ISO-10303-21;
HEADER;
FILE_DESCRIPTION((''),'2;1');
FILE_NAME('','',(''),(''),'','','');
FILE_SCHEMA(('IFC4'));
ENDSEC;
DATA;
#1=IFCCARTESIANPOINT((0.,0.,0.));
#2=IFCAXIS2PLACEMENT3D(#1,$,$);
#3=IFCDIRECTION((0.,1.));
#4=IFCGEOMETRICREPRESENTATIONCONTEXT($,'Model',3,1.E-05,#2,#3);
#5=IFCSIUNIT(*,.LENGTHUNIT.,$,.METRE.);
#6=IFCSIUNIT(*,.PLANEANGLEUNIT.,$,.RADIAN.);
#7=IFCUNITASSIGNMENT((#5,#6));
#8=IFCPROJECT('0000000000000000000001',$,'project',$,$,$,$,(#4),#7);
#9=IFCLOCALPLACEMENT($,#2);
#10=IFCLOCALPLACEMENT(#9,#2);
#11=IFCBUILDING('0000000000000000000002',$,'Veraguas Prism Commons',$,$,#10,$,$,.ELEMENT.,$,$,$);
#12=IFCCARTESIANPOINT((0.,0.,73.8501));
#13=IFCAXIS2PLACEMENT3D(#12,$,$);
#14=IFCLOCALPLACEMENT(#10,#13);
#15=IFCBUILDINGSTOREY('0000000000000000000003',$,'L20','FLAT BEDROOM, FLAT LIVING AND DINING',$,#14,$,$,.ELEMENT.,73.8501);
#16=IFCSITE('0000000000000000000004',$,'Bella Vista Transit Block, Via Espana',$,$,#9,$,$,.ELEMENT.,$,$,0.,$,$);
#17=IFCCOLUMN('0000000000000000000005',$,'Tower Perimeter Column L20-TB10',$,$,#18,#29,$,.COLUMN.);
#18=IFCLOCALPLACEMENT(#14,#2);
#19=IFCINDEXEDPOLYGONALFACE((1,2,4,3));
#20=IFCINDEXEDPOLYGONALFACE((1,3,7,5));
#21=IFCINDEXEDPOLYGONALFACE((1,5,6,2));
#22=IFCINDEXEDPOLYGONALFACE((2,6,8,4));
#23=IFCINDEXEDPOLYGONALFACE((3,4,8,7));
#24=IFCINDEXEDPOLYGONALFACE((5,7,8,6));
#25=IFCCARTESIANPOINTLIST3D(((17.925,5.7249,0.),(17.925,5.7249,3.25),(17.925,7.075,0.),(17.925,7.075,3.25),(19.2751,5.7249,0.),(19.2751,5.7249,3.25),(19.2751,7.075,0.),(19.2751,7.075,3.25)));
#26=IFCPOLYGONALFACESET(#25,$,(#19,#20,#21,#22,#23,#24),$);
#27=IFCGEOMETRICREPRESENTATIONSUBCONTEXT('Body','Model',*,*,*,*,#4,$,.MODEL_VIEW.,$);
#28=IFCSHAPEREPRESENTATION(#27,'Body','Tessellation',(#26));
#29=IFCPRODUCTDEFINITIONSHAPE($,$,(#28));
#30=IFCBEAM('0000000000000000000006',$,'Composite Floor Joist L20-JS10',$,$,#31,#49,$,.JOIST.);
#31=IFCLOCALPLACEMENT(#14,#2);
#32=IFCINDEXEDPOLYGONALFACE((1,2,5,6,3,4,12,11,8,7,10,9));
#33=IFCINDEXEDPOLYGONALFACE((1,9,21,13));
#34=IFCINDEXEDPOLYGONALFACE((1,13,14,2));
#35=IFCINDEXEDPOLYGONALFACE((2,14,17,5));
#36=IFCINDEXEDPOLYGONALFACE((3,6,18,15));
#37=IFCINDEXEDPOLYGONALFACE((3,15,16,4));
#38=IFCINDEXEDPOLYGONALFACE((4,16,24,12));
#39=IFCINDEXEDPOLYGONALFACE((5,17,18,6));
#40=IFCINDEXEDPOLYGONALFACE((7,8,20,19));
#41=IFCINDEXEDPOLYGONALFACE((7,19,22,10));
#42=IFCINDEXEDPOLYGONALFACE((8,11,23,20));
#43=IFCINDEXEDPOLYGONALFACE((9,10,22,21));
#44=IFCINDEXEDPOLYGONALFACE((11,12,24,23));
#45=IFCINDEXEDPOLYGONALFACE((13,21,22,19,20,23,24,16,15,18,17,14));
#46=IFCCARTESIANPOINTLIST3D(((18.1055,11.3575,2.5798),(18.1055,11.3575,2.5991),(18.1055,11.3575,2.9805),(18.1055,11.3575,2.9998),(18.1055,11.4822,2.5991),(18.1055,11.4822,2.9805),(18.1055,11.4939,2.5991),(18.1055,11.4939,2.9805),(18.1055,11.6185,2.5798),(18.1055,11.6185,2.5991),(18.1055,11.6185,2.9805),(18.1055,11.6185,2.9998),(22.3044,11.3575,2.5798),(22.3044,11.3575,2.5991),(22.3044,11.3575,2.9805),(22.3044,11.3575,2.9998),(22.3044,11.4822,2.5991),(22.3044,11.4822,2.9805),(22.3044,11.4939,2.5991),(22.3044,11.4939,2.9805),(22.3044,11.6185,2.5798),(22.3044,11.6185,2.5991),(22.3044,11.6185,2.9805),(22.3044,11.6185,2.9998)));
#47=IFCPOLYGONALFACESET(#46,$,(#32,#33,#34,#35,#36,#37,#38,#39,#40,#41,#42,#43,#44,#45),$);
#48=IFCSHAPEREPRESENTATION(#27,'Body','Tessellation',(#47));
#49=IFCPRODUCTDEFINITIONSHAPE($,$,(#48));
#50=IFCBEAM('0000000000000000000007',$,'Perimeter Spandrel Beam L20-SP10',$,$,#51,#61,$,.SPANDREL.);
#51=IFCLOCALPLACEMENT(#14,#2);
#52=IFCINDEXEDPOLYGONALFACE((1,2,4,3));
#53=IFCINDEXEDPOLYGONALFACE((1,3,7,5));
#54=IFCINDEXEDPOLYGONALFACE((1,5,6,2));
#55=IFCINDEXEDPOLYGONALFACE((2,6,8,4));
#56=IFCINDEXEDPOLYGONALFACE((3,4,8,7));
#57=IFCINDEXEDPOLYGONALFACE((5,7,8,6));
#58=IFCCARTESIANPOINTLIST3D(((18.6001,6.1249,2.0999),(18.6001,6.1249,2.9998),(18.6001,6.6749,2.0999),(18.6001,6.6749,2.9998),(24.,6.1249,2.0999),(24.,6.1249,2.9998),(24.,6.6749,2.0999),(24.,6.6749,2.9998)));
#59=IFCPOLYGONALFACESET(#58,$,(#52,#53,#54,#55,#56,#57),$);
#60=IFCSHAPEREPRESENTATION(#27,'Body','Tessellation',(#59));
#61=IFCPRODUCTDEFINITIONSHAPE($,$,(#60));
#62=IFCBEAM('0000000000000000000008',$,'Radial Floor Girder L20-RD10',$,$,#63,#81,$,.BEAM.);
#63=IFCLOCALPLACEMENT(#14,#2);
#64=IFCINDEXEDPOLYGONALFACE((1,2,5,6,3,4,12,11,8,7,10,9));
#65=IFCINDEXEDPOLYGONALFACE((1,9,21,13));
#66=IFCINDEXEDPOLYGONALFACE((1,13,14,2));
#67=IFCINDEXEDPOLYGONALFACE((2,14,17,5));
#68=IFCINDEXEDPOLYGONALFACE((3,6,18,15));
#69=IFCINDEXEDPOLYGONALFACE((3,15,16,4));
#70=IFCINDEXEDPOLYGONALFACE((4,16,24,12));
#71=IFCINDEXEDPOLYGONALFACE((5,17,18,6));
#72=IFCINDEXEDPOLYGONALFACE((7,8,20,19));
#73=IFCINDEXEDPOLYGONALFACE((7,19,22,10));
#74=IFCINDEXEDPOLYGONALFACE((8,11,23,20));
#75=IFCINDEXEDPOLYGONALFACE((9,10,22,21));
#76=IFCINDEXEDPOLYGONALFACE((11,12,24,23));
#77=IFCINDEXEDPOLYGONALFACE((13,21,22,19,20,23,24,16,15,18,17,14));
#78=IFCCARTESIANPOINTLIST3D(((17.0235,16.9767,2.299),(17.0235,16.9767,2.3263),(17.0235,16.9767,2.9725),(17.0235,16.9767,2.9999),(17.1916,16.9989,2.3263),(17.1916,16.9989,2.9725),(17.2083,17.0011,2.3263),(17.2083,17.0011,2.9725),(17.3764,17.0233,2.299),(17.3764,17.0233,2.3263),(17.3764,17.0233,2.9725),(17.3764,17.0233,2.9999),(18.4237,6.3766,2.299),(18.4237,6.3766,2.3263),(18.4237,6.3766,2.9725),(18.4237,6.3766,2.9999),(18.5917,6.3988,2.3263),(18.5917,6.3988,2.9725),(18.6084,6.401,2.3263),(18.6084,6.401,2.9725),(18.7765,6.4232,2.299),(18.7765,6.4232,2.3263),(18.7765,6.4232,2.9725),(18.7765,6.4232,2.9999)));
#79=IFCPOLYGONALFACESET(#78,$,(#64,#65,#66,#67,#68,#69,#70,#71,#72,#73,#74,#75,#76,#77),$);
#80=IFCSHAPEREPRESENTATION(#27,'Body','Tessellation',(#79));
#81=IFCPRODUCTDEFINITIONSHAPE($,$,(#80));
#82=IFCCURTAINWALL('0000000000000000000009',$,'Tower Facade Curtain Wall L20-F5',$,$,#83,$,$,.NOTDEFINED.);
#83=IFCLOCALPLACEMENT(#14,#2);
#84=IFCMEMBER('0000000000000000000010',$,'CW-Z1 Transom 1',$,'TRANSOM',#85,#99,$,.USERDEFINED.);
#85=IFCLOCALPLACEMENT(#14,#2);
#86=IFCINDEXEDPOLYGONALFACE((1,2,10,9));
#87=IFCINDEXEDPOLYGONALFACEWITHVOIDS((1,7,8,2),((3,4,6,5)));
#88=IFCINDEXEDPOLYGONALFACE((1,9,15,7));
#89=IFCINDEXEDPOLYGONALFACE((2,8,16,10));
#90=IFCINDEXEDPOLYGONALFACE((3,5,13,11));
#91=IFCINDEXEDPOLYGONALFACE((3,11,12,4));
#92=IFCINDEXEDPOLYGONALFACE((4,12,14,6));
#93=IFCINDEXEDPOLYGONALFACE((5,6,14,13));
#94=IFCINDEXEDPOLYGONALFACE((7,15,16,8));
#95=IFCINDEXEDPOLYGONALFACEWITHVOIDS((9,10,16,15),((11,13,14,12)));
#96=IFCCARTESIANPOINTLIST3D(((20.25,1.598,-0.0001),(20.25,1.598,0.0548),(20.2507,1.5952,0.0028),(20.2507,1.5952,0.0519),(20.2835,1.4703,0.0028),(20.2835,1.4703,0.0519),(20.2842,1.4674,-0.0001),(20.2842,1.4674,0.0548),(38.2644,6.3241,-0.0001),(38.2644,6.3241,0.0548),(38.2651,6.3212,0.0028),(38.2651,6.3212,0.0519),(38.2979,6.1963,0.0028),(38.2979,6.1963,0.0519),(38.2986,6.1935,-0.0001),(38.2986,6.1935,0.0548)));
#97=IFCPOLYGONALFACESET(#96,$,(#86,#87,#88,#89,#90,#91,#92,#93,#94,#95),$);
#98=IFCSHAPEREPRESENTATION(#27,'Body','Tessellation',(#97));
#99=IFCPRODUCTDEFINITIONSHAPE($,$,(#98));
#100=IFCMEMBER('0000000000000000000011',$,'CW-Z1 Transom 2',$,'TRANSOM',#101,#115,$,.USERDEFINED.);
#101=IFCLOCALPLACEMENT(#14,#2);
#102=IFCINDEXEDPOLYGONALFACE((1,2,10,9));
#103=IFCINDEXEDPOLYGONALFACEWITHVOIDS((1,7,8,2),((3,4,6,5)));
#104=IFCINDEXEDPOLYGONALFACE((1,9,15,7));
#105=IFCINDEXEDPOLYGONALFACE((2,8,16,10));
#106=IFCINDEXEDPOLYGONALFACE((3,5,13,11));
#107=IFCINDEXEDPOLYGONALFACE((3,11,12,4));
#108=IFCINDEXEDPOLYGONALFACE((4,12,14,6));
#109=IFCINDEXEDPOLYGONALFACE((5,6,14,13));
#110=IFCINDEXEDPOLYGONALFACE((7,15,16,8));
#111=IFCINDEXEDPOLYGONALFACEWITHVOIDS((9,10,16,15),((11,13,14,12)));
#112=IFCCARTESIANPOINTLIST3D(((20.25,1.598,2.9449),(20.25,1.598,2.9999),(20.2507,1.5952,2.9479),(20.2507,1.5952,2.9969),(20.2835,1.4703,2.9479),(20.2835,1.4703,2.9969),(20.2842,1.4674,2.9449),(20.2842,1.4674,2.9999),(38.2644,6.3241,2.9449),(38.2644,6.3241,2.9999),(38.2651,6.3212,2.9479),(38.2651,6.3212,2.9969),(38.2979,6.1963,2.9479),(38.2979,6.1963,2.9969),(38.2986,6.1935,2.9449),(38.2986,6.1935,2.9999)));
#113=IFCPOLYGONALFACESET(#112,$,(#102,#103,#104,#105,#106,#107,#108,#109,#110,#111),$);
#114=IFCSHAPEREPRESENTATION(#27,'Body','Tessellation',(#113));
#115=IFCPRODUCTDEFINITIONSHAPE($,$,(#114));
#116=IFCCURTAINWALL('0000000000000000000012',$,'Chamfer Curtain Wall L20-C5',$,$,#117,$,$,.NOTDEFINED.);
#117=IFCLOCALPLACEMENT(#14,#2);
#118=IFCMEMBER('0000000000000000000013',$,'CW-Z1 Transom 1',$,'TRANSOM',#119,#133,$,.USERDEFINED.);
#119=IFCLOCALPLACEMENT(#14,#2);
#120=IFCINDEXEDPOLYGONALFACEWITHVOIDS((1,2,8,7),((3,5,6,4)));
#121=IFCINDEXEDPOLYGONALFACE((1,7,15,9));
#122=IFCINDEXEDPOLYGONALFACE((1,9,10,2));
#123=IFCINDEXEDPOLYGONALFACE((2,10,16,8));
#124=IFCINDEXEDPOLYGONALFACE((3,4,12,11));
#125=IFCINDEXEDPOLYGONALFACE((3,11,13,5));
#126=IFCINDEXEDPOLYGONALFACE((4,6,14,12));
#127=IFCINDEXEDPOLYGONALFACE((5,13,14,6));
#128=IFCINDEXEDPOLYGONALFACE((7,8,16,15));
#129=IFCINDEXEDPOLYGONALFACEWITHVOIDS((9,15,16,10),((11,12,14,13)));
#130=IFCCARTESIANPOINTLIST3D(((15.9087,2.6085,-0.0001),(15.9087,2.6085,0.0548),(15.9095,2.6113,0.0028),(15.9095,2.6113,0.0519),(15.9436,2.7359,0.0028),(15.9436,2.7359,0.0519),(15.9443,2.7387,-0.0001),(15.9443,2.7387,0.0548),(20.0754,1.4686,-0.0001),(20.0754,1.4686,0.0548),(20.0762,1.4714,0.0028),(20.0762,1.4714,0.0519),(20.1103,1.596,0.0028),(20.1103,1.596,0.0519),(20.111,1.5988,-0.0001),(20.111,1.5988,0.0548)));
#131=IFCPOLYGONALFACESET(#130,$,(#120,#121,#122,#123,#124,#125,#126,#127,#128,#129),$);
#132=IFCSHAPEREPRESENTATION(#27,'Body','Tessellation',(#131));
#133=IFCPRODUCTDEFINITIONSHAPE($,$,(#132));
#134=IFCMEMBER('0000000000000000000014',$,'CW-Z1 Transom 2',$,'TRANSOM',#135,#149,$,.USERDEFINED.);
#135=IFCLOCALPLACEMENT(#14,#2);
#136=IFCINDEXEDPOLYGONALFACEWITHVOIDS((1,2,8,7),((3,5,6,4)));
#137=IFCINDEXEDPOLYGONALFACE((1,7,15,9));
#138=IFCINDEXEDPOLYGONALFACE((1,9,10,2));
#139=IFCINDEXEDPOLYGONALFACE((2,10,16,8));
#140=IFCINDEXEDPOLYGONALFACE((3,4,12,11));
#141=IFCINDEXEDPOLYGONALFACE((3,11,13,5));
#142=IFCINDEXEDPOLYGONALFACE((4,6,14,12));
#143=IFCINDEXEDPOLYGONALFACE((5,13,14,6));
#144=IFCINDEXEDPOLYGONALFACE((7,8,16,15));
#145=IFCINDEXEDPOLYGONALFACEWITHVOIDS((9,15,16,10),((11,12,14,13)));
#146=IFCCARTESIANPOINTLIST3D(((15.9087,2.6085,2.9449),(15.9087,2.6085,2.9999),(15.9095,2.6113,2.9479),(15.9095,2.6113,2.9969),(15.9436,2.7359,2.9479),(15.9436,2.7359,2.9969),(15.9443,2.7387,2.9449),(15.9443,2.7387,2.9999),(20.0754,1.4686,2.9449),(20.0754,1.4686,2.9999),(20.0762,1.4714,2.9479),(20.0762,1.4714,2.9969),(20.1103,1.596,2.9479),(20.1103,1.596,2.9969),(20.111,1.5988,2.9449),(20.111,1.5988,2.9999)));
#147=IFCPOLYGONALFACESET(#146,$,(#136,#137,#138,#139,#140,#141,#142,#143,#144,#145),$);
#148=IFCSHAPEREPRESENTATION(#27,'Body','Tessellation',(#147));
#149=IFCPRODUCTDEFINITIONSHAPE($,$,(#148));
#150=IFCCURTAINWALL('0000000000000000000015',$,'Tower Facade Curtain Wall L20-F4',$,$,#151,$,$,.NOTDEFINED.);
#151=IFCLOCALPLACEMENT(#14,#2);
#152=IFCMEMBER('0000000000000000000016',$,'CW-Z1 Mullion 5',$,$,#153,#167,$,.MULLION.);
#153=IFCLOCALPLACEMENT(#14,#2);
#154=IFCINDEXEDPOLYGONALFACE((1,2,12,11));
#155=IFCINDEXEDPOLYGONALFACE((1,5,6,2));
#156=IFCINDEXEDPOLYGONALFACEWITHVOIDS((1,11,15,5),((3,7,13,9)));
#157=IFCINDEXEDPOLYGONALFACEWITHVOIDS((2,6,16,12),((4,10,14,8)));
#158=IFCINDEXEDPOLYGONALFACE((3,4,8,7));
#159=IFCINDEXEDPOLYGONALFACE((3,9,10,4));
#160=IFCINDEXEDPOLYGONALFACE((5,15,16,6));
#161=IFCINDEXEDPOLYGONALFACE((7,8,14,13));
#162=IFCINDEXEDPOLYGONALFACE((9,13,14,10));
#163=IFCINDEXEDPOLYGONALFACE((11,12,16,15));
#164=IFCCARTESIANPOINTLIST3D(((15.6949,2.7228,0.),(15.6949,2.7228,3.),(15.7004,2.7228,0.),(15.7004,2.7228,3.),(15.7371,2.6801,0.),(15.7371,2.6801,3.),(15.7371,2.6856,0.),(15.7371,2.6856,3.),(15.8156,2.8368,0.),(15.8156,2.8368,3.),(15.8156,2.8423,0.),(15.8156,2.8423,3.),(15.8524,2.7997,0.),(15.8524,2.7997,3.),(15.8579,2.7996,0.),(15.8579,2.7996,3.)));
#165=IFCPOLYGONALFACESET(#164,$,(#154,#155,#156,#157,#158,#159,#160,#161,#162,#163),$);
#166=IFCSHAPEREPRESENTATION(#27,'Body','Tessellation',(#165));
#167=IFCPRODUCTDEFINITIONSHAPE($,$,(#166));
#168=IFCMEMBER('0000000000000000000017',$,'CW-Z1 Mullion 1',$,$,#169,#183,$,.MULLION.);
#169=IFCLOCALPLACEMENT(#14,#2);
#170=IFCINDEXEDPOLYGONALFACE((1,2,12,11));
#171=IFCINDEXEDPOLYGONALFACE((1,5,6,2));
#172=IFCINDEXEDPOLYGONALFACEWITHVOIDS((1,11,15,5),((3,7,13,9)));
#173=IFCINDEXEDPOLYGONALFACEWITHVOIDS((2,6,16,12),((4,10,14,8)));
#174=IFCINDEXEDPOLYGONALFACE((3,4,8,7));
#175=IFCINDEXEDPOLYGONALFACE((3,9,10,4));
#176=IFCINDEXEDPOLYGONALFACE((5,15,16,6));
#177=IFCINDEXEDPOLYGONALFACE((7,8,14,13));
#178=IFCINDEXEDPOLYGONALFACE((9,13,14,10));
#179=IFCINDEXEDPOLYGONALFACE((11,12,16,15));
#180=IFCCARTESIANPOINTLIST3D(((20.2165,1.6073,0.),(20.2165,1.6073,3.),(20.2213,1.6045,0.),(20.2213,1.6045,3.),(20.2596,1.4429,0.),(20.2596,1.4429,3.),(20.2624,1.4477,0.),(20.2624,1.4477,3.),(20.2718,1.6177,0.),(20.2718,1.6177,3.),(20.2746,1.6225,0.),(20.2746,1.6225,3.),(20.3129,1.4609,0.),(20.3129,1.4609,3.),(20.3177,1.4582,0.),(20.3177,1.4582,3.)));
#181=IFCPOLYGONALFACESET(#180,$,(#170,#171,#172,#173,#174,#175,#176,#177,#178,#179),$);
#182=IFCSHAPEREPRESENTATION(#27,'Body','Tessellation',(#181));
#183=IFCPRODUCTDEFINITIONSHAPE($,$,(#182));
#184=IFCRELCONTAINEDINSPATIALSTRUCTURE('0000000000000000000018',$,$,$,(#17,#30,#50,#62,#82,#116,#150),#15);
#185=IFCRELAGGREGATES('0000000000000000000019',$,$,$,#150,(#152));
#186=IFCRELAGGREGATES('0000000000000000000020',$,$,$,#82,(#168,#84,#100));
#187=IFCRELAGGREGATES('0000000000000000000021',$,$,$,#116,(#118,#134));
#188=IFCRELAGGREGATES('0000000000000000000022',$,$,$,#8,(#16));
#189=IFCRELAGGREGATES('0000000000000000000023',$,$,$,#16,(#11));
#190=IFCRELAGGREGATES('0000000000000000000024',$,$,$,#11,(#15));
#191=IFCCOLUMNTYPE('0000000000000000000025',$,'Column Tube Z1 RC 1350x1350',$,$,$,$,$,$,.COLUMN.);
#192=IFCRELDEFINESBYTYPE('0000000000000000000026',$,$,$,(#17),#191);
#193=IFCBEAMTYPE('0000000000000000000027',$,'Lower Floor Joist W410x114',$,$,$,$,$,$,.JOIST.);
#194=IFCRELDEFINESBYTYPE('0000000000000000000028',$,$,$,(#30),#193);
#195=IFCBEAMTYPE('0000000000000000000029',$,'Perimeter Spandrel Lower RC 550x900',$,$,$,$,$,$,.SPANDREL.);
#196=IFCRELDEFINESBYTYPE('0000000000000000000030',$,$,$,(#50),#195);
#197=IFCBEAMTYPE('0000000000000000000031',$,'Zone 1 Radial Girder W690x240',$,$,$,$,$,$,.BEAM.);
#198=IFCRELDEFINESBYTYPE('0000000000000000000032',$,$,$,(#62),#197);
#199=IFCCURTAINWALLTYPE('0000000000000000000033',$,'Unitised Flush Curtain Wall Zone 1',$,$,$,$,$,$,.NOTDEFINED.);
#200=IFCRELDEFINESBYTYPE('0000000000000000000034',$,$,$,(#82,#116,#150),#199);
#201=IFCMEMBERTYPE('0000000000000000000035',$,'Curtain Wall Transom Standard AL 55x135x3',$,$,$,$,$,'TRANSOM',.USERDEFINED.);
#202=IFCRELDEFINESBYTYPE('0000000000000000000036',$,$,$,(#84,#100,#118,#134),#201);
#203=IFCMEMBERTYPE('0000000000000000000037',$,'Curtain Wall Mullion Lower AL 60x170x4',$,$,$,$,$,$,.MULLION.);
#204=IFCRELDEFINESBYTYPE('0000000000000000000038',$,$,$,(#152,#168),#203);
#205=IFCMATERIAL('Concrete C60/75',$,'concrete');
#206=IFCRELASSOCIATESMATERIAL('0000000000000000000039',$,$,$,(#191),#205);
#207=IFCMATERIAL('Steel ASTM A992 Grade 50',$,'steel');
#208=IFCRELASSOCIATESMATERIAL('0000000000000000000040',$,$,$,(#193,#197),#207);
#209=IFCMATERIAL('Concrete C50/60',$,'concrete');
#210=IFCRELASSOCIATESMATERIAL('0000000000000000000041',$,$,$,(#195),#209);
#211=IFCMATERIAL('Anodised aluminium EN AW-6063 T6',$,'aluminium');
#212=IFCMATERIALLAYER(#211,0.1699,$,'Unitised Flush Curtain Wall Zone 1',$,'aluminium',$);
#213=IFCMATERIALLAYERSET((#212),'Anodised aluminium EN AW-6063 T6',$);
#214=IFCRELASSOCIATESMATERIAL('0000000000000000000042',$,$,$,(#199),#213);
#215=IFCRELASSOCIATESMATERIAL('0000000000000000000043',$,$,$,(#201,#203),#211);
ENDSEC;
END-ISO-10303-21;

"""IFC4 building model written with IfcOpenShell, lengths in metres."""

from ifc_helpers import new_model, si_unit, direction, frame, origin, origin_2d, place, context, subcontext, project, spatial, rectangle, hollow_rectangle, i_section, extrude, source, transform, mapped, material, layer, layer_set, material_profile, profile_set, type_object, element, aggregate, save


model = new_model("IFC4")

# Units and contexts
model_context = context("Model", 3, precision=1e-05, world=origin(), true_north=direction((0.0, 1.0)))
body_context = subcontext(model_context, "Body", "Model", "MODEL_VIEW")
ifc_project = project(units=[si_unit("LENGTHUNIT", "METRE"), si_unit("PLANEANGLEUNIT", "RADIAN")], contexts=[model_context])

# Site, building, storey
site_placement = place(None, origin())
site = spatial("IfcSite", under=ifc_project, at=site_placement, Name="Bella Vista Transit Block, Via Espana", CompositionType="ELEMENT", RefElevation=0.0)
building_placement = place(site_placement, origin())
building = spatial("IfcBuilding", under=site, at=building_placement, Name="Veraguas Prism Commons", CompositionType="ELEMENT")
storey_placement = place(building_placement, frame((0.0, 0.0, 73.8501)))
storey = spatial("IfcBuildingStorey", under=building, at=storey_placement, Name="L20", Description="FLAT BEDROOM, FLAT LIVING AND DINING", CompositionType="ELEMENT", Elevation=73.8501)

# Column
ifc_material_1 = material(Name="Concrete C60/75", Category="concrete")
ifc_material_profile_1 = material_profile(ifc_material_1, rectangle(XDim=1.3501, YDim=1.3501, at=origin_2d()), Name="RC1350X1350")
ifc_profile_set_1 = profile_set([ifc_material_profile_1], Name="Concrete C60/75")
column_type = type_object("IfcColumnType", Name="Column Tube Z1 RC 1350x1350", PredefinedType="COLUMN", material=ifc_profile_set_1)
column_placement = place(storey_placement, frame((18.6001, 6.3999, 0.0), z_axis=(0.0, 0.0, 1.0), x_axis=(1.0, 0.0, 0.0)))
element("IfcColumn", 1, at=column_placement, inside=storey, type_object=column_type, Name="Tower Perimeter Column L20-TB10", PredefinedType="COLUMN", context=body_context, shape_type="SweptSolid", body=[
    extrude(rectangle(XDim=1.3501, YDim=1.3501, at=origin_2d()), origin(), (0.0, 0.0, 1.0), 3.25),
])

# Beams
ifc_material_2 = material(Name="Steel ASTM A992 Grade 50", Category="steel")
ifc_material_profile_2 = material_profile(ifc_material_2, i_section(OverallWidth=0.261, OverallDepth=0.4199, WebThickness=0.0117, FlangeThickness=0.0193, at=origin_2d()), Name="W410X114")
ifc_profile_set_2 = profile_set([ifc_material_profile_2], Name="Steel ASTM A992 Grade 50")
beam_type_1 = type_object("IfcBeamType", Name="Lower Floor Joist W410x114", PredefinedType="JOIST", material=ifc_profile_set_2)
beam_1_placement = place(storey_placement, frame((18.1055, 11.488, 2.7898), z_axis=(1.0, 0.0, 0.0), x_axis=(0.0, 1.0, 0.0)))
element("IfcBeam", 2, at=beam_1_placement, inside=storey, type_object=beam_type_1, Name="Composite Floor Joist L20-JS10", PredefinedType="JOIST", context=body_context, shape_type="SweptSolid", body=[
    extrude(i_section(OverallWidth=0.261, OverallDepth=0.4199, WebThickness=0.0117, FlangeThickness=0.0193, at=origin_2d()), origin(), (0.0, 0.0, 1.0), 4.199),
])
ifc_material_3 = material(Name="Concrete C50/60", Category="concrete")
ifc_material_profile_3 = material_profile(ifc_material_3, rectangle(XDim=0.55, YDim=0.8999, at=origin_2d()), Name="RC550X900")
ifc_profile_set_3 = profile_set([ifc_material_profile_3], Name="Concrete C50/60")
beam_type_2 = type_object("IfcBeamType", Name="Perimeter Spandrel Lower RC 550x900", PredefinedType="SPANDREL", material=ifc_profile_set_3)
beam_2_placement = place(storey_placement, frame((18.6001, 6.3999, 2.5498), z_axis=(1.0, 0.0, 0.0), x_axis=(0.0, 1.0, 0.0)))
element("IfcBeam", 3, at=beam_2_placement, inside=storey, type_object=beam_type_2, Name="Perimeter Spandrel Beam L20-SP10", PredefinedType="SPANDREL", context=body_context, shape_type="SweptSolid", body=[
    extrude(rectangle(XDim=0.55, YDim=0.8999, at=origin_2d()), origin(), (0.0, 0.0, 1.0), 5.3999),
])
ifc_material_profile_4 = material_profile(ifc_material_2, i_section(OverallWidth=0.356, OverallDepth=0.7009, WebThickness=0.0168, FlangeThickness=0.0273, at=origin_2d()), Name="W690X240")
ifc_profile_set_4 = profile_set([ifc_material_profile_4], Name="Steel ASTM A992 Grade 50")
beam_type_3 = type_object("IfcBeamType", Name="Zone 1 Radial Girder W690x240", PredefinedType="BEAM", material=ifc_profile_set_4)
beam_3_placement = place(storey_placement, frame((18.6001, 6.3999, 2.6494), z_axis=(-0.130951, 0.991389, 0.0), x_axis=(-0.991389, -0.130951, 0.0)))
element("IfcBeam", 4, at=beam_3_placement, inside=storey, type_object=beam_type_3, Name="Radial Floor Girder L20-RD10", PredefinedType="BEAM", context=body_context, shape_type="SweptSolid", body=[
    extrude(i_section(OverallWidth=0.356, OverallDepth=0.7009, WebThickness=0.0168, FlangeThickness=0.0273, at=origin_2d()), origin(), (0.0, 0.0, 1.0), 10.6921),
])

# Curtain walls, members
ifc_material_4 = material(Name="Anodised aluminium EN AW-6063 T6", Category="aluminium")
ifc_layer_1 = layer(ifc_material_4, 0.1699, Name="Unitised Flush Curtain Wall Zone 1", Category="aluminium")
ifc_layer_set_1 = layer_set([ifc_layer_1], Name="Anodised aluminium EN AW-6063 T6")
curtain_wall_type = type_object("IfcCurtainWallType", Name="Unitised Flush Curtain Wall Zone 1", PredefinedType="NOTDEFINED", material=ifc_layer_set_1)
curtain_wall_1_placement = place(storey_placement, origin())
curtain_wall_1 = element("IfcCurtainWall", 5, at=curtain_wall_1_placement, inside=storey, type_object=curtain_wall_type, Name="Tower Facade Curtain Wall L20-F5", PredefinedType="NOTDEFINED")
ifc_material_profile_5 = material_profile(ifc_material_4, hollow_rectangle(XDim=0.0549, YDim=0.135, WallThickness=0.0029, at=origin_2d()), Name="AL55X135X3")
ifc_profile_set_5 = profile_set([ifc_material_profile_5], Name="Anodised aluminium EN AW-6063 T6")
member_type_1 = type_object("IfcMemberType", Name="Curtain Wall Transom Standard AL 55x135x3", ElementType="TRANSOM", PredefinedType="USERDEFINED", material=ifc_profile_set_5)
shared_shape_1 = source(origin(), body_context, "Body", "SweptSolid", [
    extrude(hollow_rectangle(XDim=0.0549, YDim=0.135, WallThickness=0.0029, at=origin_2d()), origin(), (0.0, 0.0, 1.0), 18.624),
])
member_1_placement = place(storey_placement, frame((20.2671, 1.5327, 0.0273), z_axis=(0.967267, 0.253762, 0.0), x_axis=(0.0, 0.0, 1.0)))
member_1 = element("IfcMember", 6, at=member_1_placement, type_object=member_type_1, Name="CW-Z1 Transom 1", ObjectType="TRANSOM", PredefinedType="USERDEFINED", context=body_context, shape_type="MappedRepresentation", body=[
    mapped(shared_shape_1, transform((0.0, 0.0, 0.0), scale=1.0)),
])
member_2_placement = place(storey_placement, frame((20.2671, 1.5327, 2.9724), z_axis=(0.967267, 0.253762, 0.0), x_axis=(0.0, 0.0, 1.0)))
member_2 = element("IfcMember", 7, at=member_2_placement, type_object=member_type_1, Name="CW-Z1 Transom 2", ObjectType="TRANSOM", PredefinedType="USERDEFINED", context=body_context, shape_type="MappedRepresentation", body=[
    mapped(shared_shape_1, transform((0.0, 0.0, 0.0), scale=1.0)),
])
curtain_wall_2_placement = place(storey_placement, origin())
curtain_wall_2 = element("IfcCurtainWall", 8, at=curtain_wall_2_placement, inside=storey, type_object=curtain_wall_type, Name="Chamfer Curtain Wall L20-C5", PredefinedType="NOTDEFINED")
shared_shape_2 = source(origin(), body_context, "Body", "SweptSolid", [
    extrude(hollow_rectangle(XDim=0.0549, YDim=0.135, WallThickness=0.0029, at=origin_2d()), origin(), (0.0, 0.0, 1.0), 4.3198),
])
member_3_placement = place(storey_placement, frame((15.9265, 2.6736, 0.0273), z_axis=(0.964557, -0.263873, 0.0), x_axis=(0.0, 0.0, 1.0)))
member_3 = element("IfcMember", 9, at=member_3_placement, type_object=member_type_1, Name="CW-Z1 Transom 1", ObjectType="TRANSOM", PredefinedType="USERDEFINED", context=body_context, shape_type="MappedRepresentation", body=[
    mapped(shared_shape_2, transform((0.0, 0.0, 0.0), scale=1.0)),
])
member_4_placement = place(storey_placement, frame((15.9265, 2.6736, 2.9724), z_axis=(0.964557, -0.263873, 0.0), x_axis=(0.0, 0.0, 1.0)))
member_4 = element("IfcMember", 10, at=member_4_placement, type_object=member_type_1, Name="CW-Z1 Transom 2", ObjectType="TRANSOM", PredefinedType="USERDEFINED", context=body_context, shape_type="MappedRepresentation", body=[
    mapped(shared_shape_2, transform((0.0, 0.0, 0.0), scale=1.0)),
])

# Curtain wall, member
curtain_wall_3_placement = place(storey_placement, origin())
curtain_wall_3 = element("IfcCurtainWall", 11, at=curtain_wall_3_placement, inside=storey, type_object=curtain_wall_type, Name="Tower Facade Curtain Wall L20-F4", PredefinedType="NOTDEFINED")
ifc_material_profile_6 = material_profile(ifc_material_4, hollow_rectangle(XDim=0.0601, YDim=0.1699, WallThickness=0.0039, at=origin_2d()), Name="AL60X170X4")
ifc_profile_set_6 = profile_set([ifc_material_profile_6], Name="Anodised aluminium EN AW-6063 T6")
member_type_2 = type_object("IfcMemberType", Name="Curtain Wall Mullion Lower AL 60x170x4", PredefinedType="MULLION", material=ifc_profile_set_6)
shared_shape_3 = source(origin(), body_context, "Body", "SweptSolid", [
    extrude(hollow_rectangle(XDim=0.0601, YDim=0.1699, WallThickness=0.0039, at=origin_2d()), origin(), (0.0, 0.0, 1.0), 3.0),
])
member_5_placement = place(storey_placement, frame((15.7764, 2.7612, 0.0), z_axis=(0.0, 0.0, 1.0), x_axis=(0.703393, -0.710801, 0.0)))
member_5 = element("IfcMember", 12, at=member_5_placement, type_object=member_type_2, Name="CW-Z1 Mullion 5", PredefinedType="MULLION", context=body_context, shape_type="MappedRepresentation", body=[
    mapped(shared_shape_3, transform((0.0, 0.0, 0.0), scale=1.0)),
])
aggregate(curtain_wall_3, [member_5])

# Member
member_6_placement = place(storey_placement, frame((20.2671, 1.5327, 0.0), z_axis=(0.0, 0.0, 1.0), x_axis=(0.967267, 0.25376, 0.0)))
member_6 = element("IfcMember", 13, at=member_6_placement, type_object=member_type_2, Name="CW-Z1 Mullion 1", PredefinedType="MULLION", context=body_context, shape_type="MappedRepresentation", body=[
    mapped(shared_shape_3, transform((0.0, 0.0, 0.0), scale=1.0)),
])
aggregate(curtain_wall_1, [member_6, member_1, member_2])

aggregate(curtain_wall_2, [member_3, member_4])

save(model, "model.ifc")
